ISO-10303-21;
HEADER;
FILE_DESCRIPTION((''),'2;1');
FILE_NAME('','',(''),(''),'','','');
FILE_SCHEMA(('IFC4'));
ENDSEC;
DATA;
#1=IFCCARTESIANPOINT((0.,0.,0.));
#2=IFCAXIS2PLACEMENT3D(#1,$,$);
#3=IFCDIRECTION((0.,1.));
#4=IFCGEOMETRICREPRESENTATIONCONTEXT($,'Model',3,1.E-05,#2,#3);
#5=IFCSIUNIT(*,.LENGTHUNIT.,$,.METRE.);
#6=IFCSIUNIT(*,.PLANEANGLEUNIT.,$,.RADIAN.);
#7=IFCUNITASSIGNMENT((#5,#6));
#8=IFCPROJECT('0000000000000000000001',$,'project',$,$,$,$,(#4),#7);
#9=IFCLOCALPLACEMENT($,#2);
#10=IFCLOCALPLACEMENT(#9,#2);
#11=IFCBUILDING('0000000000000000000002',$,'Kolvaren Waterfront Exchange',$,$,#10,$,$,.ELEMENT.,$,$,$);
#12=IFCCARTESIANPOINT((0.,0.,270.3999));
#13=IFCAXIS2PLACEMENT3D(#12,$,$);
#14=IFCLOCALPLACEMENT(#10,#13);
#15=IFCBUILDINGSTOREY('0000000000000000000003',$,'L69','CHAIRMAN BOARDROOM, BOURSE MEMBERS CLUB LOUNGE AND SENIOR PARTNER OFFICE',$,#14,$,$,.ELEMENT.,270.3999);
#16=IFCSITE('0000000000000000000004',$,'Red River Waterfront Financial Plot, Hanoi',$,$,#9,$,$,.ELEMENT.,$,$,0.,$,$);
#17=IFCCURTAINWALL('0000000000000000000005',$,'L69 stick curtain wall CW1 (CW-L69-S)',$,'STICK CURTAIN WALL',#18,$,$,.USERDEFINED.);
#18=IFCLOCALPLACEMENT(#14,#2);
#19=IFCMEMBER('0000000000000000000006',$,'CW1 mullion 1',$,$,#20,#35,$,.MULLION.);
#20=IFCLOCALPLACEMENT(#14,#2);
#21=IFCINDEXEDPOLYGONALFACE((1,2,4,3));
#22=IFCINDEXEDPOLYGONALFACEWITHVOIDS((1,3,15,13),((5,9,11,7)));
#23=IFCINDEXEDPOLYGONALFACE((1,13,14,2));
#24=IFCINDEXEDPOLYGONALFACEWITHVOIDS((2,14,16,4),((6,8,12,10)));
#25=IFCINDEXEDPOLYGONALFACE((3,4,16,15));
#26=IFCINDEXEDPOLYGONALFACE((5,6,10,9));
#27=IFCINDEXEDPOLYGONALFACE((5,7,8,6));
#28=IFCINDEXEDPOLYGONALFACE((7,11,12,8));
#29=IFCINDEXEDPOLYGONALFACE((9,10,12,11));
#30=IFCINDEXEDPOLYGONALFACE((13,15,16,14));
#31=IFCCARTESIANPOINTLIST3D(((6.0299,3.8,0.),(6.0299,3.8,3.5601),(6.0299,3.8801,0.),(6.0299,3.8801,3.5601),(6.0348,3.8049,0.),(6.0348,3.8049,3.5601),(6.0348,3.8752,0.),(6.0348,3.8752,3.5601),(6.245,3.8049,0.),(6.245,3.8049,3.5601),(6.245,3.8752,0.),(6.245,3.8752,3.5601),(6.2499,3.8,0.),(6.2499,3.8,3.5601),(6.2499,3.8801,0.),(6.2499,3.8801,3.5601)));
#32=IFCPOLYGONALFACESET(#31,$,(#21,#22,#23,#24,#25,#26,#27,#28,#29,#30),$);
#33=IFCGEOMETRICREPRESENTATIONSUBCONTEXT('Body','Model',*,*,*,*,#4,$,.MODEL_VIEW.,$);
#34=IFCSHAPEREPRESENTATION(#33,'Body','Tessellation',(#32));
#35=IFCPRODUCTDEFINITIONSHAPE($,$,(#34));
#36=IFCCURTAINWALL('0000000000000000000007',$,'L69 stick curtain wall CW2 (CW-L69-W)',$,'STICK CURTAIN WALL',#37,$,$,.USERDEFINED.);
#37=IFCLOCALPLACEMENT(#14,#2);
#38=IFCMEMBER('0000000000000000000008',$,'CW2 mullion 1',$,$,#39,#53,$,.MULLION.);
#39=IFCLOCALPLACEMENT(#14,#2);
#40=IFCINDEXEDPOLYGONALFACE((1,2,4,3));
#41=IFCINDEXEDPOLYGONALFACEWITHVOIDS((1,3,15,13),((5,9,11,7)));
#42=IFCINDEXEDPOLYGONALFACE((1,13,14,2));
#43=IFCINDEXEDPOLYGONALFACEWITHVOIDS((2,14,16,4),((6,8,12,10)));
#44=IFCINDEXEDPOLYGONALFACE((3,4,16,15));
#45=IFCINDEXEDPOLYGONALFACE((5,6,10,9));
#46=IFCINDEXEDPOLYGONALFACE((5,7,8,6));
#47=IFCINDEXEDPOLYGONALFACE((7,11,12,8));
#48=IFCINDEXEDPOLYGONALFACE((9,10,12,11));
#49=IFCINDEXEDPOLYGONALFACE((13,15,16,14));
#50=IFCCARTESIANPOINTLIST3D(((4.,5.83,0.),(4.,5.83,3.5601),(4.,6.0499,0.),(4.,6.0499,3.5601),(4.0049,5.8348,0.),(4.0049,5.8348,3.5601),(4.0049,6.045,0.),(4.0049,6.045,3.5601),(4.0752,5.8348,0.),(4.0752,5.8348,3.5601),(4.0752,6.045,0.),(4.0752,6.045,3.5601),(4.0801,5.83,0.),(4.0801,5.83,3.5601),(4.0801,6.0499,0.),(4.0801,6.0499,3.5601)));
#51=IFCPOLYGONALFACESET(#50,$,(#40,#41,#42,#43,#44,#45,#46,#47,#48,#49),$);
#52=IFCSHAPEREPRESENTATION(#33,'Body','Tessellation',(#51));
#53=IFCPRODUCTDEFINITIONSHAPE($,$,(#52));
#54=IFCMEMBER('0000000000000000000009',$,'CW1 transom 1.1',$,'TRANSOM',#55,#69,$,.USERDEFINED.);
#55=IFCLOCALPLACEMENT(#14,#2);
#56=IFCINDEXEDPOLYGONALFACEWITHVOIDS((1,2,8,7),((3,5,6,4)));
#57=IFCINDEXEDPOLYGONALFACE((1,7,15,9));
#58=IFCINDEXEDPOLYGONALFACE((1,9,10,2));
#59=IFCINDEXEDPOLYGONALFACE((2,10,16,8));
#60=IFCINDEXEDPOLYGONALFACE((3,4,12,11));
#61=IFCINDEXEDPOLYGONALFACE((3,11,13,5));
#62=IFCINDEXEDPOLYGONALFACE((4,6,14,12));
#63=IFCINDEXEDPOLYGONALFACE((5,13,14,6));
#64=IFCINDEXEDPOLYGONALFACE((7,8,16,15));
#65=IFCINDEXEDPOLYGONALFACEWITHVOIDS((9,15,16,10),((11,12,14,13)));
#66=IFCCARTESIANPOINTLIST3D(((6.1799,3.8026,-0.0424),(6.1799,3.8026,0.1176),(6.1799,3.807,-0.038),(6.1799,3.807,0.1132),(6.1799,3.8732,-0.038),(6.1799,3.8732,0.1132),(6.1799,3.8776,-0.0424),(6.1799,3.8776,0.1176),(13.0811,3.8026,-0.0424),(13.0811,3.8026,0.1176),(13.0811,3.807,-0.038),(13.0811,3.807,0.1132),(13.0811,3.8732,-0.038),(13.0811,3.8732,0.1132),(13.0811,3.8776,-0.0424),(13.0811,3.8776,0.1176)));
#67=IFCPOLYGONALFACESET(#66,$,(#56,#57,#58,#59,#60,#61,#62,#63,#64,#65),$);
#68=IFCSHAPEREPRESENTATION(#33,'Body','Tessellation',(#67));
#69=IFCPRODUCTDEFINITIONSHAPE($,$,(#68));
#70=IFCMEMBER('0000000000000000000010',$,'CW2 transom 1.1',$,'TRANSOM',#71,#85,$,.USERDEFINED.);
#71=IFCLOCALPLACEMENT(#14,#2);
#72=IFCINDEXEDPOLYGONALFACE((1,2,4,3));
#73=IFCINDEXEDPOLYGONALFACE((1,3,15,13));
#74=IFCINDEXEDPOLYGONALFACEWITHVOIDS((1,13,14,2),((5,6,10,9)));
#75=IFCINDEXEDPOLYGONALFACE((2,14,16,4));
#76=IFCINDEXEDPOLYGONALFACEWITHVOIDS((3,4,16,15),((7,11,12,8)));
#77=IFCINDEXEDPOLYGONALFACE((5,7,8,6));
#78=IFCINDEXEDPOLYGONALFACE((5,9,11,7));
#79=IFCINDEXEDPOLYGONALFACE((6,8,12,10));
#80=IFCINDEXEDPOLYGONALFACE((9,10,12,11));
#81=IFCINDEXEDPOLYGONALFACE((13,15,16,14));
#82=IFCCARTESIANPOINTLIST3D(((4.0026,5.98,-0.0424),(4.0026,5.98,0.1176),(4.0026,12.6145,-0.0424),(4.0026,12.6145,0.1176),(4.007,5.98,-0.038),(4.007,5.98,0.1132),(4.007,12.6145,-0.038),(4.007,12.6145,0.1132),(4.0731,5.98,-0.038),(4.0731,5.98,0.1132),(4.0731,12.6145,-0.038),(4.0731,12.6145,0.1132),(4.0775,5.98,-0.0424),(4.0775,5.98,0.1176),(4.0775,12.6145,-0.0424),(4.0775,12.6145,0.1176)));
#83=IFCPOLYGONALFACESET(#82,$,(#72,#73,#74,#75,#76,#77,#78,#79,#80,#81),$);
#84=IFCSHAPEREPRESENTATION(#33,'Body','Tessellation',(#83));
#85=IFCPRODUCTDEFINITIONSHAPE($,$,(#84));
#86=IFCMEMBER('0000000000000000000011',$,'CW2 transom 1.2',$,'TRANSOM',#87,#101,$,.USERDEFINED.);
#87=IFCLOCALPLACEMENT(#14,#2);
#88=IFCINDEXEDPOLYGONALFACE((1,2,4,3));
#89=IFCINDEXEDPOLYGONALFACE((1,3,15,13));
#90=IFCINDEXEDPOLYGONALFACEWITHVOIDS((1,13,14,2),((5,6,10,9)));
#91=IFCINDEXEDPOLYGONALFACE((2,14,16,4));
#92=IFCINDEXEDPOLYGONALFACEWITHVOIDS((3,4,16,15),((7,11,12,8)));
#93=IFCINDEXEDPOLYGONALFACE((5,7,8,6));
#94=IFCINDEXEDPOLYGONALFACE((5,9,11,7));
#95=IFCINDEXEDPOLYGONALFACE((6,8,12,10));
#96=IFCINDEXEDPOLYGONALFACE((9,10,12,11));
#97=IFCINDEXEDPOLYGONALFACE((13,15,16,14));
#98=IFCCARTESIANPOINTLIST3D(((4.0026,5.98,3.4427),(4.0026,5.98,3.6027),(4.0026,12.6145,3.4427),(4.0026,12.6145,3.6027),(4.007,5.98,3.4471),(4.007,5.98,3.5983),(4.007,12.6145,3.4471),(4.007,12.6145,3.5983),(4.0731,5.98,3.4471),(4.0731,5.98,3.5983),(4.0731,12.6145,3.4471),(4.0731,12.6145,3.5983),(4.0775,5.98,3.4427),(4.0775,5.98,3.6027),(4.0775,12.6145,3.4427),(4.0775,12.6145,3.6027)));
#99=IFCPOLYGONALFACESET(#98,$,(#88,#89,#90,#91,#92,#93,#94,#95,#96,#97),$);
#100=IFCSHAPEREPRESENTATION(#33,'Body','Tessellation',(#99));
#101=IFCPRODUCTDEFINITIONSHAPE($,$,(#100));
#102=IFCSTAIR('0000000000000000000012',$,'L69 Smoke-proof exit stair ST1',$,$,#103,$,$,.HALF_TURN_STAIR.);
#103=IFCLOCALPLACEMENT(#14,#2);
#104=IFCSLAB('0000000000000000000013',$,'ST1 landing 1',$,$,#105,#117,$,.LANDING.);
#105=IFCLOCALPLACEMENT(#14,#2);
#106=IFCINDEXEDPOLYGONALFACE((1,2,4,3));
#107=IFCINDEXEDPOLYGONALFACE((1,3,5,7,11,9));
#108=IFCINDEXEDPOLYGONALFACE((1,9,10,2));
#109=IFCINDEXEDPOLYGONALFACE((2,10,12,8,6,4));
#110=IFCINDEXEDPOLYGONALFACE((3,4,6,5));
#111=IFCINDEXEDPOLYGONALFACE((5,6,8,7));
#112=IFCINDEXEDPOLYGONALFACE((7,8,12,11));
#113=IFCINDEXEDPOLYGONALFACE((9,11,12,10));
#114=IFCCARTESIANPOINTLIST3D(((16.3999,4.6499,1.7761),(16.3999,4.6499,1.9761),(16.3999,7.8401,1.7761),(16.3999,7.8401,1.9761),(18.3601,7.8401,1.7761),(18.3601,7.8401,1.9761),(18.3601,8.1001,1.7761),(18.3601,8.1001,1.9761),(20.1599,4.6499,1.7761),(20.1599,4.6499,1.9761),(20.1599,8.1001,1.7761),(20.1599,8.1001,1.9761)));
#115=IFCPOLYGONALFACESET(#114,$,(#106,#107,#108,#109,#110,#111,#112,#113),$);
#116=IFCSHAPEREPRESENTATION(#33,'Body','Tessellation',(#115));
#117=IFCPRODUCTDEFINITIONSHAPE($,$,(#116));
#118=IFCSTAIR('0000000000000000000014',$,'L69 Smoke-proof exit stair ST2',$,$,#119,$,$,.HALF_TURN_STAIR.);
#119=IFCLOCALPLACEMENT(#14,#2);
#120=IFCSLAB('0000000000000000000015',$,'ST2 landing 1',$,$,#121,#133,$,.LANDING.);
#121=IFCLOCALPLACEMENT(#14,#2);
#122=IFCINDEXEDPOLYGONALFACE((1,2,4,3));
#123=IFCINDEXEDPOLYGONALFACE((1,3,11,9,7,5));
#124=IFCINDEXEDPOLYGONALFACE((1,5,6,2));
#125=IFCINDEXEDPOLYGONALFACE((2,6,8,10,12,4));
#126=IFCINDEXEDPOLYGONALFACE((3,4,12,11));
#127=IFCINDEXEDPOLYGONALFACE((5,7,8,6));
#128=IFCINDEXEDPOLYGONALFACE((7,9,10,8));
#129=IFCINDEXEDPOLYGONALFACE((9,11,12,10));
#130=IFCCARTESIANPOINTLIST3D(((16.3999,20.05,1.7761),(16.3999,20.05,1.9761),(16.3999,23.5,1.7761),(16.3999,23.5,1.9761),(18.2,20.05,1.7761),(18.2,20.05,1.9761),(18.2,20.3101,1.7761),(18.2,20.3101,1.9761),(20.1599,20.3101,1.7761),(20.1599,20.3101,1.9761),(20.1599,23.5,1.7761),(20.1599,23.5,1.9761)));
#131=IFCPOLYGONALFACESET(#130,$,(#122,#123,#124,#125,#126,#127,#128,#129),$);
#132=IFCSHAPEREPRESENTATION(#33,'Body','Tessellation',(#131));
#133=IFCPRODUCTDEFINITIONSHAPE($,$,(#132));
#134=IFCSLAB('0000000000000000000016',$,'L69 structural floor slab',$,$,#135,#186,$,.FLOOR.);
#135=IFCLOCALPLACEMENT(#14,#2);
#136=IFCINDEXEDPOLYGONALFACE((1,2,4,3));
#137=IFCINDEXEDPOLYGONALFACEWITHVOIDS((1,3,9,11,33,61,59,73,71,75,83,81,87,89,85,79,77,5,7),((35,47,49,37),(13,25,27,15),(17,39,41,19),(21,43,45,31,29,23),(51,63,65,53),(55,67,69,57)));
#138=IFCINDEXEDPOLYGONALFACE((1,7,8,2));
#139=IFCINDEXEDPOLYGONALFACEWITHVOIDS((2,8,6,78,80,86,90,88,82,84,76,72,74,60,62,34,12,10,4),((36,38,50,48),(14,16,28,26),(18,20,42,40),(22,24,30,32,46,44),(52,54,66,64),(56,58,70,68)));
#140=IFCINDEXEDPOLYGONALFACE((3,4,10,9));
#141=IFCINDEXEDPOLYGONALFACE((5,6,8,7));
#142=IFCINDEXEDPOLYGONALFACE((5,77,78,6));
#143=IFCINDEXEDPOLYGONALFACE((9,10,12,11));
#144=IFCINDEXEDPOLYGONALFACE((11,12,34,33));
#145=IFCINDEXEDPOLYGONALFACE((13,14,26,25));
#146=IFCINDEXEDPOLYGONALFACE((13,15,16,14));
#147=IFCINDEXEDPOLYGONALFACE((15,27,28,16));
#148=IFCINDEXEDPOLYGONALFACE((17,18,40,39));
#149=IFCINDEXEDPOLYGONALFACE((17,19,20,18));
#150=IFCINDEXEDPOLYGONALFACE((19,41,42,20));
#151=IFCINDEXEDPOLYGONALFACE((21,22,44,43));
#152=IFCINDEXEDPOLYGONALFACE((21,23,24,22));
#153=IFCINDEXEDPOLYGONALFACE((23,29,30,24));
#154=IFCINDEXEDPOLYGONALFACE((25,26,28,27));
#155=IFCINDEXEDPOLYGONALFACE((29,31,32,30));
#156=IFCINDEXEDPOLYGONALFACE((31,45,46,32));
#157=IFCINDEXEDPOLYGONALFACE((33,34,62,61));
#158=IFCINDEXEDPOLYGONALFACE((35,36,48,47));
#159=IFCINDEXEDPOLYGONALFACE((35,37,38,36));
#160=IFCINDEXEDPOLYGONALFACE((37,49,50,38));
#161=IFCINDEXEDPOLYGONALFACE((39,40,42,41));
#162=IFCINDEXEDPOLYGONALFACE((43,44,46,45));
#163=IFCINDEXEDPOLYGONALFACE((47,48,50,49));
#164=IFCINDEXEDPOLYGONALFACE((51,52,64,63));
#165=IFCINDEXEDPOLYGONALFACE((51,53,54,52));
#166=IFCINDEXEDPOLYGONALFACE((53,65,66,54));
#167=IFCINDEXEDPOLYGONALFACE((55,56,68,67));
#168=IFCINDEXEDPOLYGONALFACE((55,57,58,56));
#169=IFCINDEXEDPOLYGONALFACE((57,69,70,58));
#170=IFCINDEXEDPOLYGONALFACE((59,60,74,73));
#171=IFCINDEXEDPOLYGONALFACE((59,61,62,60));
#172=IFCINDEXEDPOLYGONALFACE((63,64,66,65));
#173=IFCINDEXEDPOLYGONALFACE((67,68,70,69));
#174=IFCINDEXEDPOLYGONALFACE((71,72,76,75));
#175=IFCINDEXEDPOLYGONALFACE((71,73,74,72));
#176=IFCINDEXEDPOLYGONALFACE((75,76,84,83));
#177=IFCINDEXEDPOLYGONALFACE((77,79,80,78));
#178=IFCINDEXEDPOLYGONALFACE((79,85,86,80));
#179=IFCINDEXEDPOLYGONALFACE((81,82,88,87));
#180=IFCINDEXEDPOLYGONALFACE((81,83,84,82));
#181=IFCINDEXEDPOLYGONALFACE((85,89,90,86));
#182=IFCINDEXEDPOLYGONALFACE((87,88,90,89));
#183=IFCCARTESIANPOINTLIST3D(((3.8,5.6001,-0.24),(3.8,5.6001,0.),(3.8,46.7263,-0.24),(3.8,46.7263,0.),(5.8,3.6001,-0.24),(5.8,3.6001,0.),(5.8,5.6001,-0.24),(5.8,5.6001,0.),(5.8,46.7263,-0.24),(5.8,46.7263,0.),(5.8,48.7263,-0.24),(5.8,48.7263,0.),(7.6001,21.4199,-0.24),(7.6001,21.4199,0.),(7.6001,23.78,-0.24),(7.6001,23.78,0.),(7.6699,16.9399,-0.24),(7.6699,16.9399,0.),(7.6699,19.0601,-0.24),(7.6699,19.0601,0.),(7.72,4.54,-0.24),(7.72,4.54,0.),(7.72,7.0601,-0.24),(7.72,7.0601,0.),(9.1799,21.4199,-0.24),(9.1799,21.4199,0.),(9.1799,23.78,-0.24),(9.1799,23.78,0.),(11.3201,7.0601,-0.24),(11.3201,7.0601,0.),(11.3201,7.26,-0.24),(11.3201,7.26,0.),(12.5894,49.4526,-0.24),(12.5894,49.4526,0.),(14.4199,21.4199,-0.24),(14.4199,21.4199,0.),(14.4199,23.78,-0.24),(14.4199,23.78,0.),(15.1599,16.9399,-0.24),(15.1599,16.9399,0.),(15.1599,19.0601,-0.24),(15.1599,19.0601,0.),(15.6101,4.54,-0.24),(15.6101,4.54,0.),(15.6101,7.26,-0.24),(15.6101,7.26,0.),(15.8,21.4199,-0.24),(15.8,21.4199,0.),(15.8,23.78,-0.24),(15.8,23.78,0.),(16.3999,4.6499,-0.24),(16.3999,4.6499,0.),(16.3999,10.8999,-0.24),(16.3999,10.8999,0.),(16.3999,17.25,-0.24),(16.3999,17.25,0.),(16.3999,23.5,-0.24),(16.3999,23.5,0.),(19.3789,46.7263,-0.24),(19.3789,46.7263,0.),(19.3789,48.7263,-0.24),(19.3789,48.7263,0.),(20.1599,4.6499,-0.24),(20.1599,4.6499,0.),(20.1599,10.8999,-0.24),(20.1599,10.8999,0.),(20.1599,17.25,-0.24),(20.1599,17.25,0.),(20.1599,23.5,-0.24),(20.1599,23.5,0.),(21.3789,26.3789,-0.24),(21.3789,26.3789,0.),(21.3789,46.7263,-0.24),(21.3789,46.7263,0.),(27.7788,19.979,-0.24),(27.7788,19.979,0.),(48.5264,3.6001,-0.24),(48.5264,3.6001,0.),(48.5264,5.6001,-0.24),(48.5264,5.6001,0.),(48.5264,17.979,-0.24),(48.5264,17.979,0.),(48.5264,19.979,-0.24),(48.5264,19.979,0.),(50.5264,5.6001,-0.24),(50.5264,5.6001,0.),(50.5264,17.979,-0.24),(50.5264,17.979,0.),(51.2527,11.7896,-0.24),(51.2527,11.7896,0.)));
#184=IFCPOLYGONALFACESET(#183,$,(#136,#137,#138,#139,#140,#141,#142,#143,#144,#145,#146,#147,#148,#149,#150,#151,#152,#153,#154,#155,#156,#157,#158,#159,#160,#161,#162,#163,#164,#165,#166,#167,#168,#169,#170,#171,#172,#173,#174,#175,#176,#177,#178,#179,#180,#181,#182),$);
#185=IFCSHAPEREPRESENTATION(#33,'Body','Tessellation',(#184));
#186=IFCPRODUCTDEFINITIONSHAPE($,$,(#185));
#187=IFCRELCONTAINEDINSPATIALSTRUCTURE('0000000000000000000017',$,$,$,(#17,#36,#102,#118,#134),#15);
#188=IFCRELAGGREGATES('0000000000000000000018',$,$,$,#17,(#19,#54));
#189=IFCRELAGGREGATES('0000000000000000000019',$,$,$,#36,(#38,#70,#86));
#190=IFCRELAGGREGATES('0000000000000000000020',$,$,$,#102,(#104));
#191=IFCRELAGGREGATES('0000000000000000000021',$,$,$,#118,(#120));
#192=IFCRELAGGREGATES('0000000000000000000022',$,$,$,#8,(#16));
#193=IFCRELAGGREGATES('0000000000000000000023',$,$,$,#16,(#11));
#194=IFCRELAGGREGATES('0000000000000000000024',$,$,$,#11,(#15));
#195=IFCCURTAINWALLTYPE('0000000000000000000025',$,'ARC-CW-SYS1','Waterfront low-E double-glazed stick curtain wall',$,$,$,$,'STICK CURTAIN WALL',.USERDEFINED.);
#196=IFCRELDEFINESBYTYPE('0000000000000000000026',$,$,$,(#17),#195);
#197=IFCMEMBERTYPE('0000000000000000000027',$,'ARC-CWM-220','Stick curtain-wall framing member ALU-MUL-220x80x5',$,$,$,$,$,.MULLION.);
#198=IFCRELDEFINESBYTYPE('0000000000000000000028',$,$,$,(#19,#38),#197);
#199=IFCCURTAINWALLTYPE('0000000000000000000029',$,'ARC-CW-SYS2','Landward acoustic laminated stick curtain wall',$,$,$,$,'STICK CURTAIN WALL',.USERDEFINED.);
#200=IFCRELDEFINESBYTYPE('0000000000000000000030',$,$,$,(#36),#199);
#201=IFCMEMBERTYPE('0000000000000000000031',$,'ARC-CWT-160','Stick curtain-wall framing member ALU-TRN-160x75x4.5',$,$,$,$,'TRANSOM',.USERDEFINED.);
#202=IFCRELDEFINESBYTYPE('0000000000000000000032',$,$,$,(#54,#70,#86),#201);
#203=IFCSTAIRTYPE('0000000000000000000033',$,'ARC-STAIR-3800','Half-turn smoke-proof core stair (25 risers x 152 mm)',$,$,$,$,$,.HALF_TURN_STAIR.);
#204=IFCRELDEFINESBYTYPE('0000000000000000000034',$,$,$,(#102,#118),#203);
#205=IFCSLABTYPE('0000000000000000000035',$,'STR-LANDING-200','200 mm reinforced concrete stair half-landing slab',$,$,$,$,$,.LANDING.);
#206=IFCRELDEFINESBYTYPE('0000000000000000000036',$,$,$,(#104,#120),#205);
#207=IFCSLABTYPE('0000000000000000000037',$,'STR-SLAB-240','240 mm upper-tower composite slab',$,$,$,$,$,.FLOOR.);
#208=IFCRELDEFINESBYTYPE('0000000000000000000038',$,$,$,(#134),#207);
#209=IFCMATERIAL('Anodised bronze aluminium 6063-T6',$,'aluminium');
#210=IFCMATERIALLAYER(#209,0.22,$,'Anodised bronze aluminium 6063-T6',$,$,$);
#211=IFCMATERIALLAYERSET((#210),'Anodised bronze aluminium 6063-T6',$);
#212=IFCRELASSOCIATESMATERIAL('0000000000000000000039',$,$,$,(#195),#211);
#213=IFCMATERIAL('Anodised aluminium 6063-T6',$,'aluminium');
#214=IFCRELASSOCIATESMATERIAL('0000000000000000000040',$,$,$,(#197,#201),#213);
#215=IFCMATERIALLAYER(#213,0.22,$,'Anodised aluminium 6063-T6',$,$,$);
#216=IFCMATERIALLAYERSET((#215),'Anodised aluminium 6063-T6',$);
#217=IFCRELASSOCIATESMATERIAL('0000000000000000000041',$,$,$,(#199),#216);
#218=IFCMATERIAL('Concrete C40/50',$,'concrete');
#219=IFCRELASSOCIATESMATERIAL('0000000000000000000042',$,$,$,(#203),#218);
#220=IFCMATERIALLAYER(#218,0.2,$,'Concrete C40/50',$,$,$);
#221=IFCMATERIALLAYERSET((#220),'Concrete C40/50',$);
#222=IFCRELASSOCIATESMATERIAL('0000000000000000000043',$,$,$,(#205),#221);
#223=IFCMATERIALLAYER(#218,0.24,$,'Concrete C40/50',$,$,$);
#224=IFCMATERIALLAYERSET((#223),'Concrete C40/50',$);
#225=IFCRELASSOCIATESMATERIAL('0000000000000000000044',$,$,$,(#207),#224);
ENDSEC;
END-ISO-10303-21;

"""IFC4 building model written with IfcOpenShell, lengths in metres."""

from ifc_helpers import new_model, si_unit, direction, frame, origin, origin_with_axes, origin_2d, place, context, subcontext, project, spatial, polyline, hollow_rectangle, outline, extrude, source, transform, mapped, material, layer, layer_set, material_profile, profile_set, type_object, element, aggregate, save


model = new_model("IFC4")

# Units and contexts
model_context = context("Model", 3, precision=1e-05, world=origin(), true_north=direction((0.0, 1.0)))
body_context = subcontext(model_context, "Body", "Model", "MODEL_VIEW")
ifc_project = project(units=[si_unit("LENGTHUNIT", "METRE"), si_unit("PLANEANGLEUNIT", "RADIAN")], contexts=[model_context])

# Site, building, storey
site_placement = place(None, origin())
site = spatial("IfcSite", under=ifc_project, at=site_placement, Name="Red River Waterfront Financial Plot, Hanoi", CompositionType="ELEMENT", RefElevation=0.0)
building_placement = place(site_placement, origin())
building = spatial("IfcBuilding", under=site, at=building_placement, Name="Kolvaren Waterfront Exchange", CompositionType="ELEMENT")
storey_placement = place(building_placement, frame((0.0, 0.0, 270.3999)))
storey = spatial("IfcBuildingStorey", under=building, at=storey_placement, Name="L69", Description="CHAIRMAN BOARDROOM, BOURSE MEMBERS CLUB LOUNGE AND SENIOR PARTNER OFFICE", CompositionType="ELEMENT", Elevation=270.3999)

# Curtain walls, members
ifc_material_1 = material(Name="Anodised bronze aluminium 6063-T6", Category="aluminium")
ifc_layer_1 = layer(ifc_material_1, 0.22, Name="Anodised bronze aluminium 6063-T6")
ifc_layer_set_1 = layer_set([ifc_layer_1], Name="Anodised bronze aluminium 6063-T6")
curtain_wall_type_1 = type_object("IfcCurtainWallType", Name="ARC-CW-SYS1", Description="Waterfront low-E double-glazed stick curtain wall", ElementType="STICK CURTAIN WALL", PredefinedType="USERDEFINED", material=ifc_layer_set_1)
curtain_wall_1_placement = place(storey_placement, origin())
curtain_wall_1 = element("IfcCurtainWall", 1, at=curtain_wall_1_placement, inside=storey, type_object=curtain_wall_type_1, Name="L69 stick curtain wall CW1 (CW-L69-S)", ObjectType="STICK CURTAIN WALL", PredefinedType="USERDEFINED")
ifc_material_2 = material(Name="Anodised aluminium 6063-T6", Category="aluminium")
ifc_material_profile_1 = material_profile(ifc_material_2, hollow_rectangle(XDim=0.0801, YDim=0.22, WallThickness=0.0049, at=origin_2d()), Name="ALU-MUL-220x80x5")
ifc_profile_set_1 = profile_set([ifc_material_profile_1], Name="Anodised aluminium 6063-T6")
member_type_1 = type_object("IfcMemberType", Name="ARC-CWM-220", Description="Stick curtain-wall framing member ALU-MUL-220x80x5", PredefinedType="MULLION", material=ifc_profile_set_1)
shared_shape_1 = source(origin_with_axes(), body_context, "Body", "SweptSolid", [
    extrude(hollow_rectangle(XDim=0.0801, YDim=0.22, WallThickness=0.0049, at=origin_2d()), origin(), (0.0, 0.0, 1.0), 3.5601),
])
member_1_placement = place(storey_placement, frame((6.1399, 3.8401, 0.0), z_axis=(0.0, 0.0, 1.0), x_axis=(0.0, 1.0, 0.0)))
member_1 = element("IfcMember", 2, at=member_1_placement, type_object=member_type_1, Name="CW1 mullion 1", PredefinedType="MULLION", context=body_context, shape_type="MappedRepresentation", body=[
    mapped(shared_shape_1, transform((0.0, 0.0, 0.0), x_axis=(1.0, 0.0, 0.0), y_axis=(0.0, 1.0, 0.0), z_axis=(0.0, 0.0, 1.0), scale=1.0)),
])
ifc_layer_2 = layer(ifc_material_2, 0.22, Name="Anodised aluminium 6063-T6")
ifc_layer_set_2 = layer_set([ifc_layer_2], Name="Anodised aluminium 6063-T6")
curtain_wall_type_2 = type_object("IfcCurtainWallType", Name="ARC-CW-SYS2", Description="Landward acoustic laminated stick curtain wall", ElementType="STICK CURTAIN WALL", PredefinedType="USERDEFINED", material=ifc_layer_set_2)
curtain_wall_2_placement = place(storey_placement, origin())
curtain_wall_2 = element("IfcCurtainWall", 3, at=curtain_wall_2_placement, inside=storey, type_object=curtain_wall_type_2, Name="L69 stick curtain wall CW2 (CW-L69-W)", ObjectType="STICK CURTAIN WALL", PredefinedType="USERDEFINED")
member_2_placement = place(storey_placement, frame((4.04, 5.9399, 0.0), z_axis=(0.0, 0.0, 1.0), x_axis=(-1.0, 0.0, 0.0)))
member_2 = element("IfcMember", 4, at=member_2_placement, type_object=member_type_1, Name="CW2 mullion 1", PredefinedType="MULLION", context=body_context, shape_type="MappedRepresentation", body=[
    mapped(shared_shape_1, transform((0.0, 0.0, 0.0), x_axis=(1.0, 0.0, 0.0), y_axis=(0.0, 1.0, 0.0), z_axis=(0.0, 0.0, 1.0), scale=1.0)),
])

# Members
ifc_material_profile_2 = material_profile(ifc_material_2, hollow_rectangle(XDim=0.075, YDim=0.1599, WallThickness=0.0044, at=origin_2d()), Name="ALU-TRN-160x75x4.5")
ifc_profile_set_2 = profile_set([ifc_material_profile_2], Name="Anodised aluminium 6063-T6")
member_type_2 = type_object("IfcMemberType", Name="ARC-CWT-160", Description="Stick curtain-wall framing member ALU-TRN-160x75x4.5", ElementType="TRANSOM", PredefinedType="USERDEFINED", material=ifc_profile_set_2)
shared_shape_2 = source(origin_with_axes(), body_context, "Body", "SweptSolid", [
    extrude(hollow_rectangle(XDim=0.075, YDim=0.1599, WallThickness=0.0044, at=origin_2d()), origin(), (0.0, 0.0, 1.0), 6.9011),
])
member_3_placement = place(storey_placement, frame((6.1799, 3.8401, 0.0376), z_axis=(1.0, 0.0, 0.0), x_axis=(0.0, 1.0, 0.0)))
member_3 = element("IfcMember", 5, at=member_3_placement, type_object=member_type_2, Name="CW1 transom 1.1", ObjectType="TRANSOM", PredefinedType="USERDEFINED", context=body_context, shape_type="MappedRepresentation", body=[
    mapped(shared_shape_2, transform((0.0, 0.0, 0.0), x_axis=(1.0, 0.0, 0.0), y_axis=(0.0, 1.0, 0.0), z_axis=(0.0, 0.0, 1.0), scale=1.0)),
])
aggregate(curtain_wall_1, [member_1, member_3])
shared_shape_3 = source(origin_with_axes(), body_context, "Body", "SweptSolid", [
    extrude(hollow_rectangle(XDim=0.075, YDim=0.1599, WallThickness=0.0044, at=origin_2d()), origin(), (0.0, 0.0, 1.0), 6.6345),
])
member_4_placement = place(storey_placement, frame((4.04, 5.98, 0.0376), z_axis=(0.0, 1.0, 0.0), x_axis=(-1.0, 0.0, 0.0)))
member_4 = element("IfcMember", 6, at=member_4_placement, type_object=member_type_2, Name="CW2 transom 1.1", ObjectType="TRANSOM", PredefinedType="USERDEFINED", context=body_context, shape_type="MappedRepresentation", body=[
    mapped(shared_shape_3, transform((0.0, 0.0, 0.0), x_axis=(1.0, 0.0, 0.0), y_axis=(0.0, 1.0, 0.0), z_axis=(0.0, 0.0, 1.0), scale=1.0)),
])
member_5_placement = place(storey_placement, frame((4.04, 5.98, 3.5227), z_axis=(0.0, 1.0, 0.0), x_axis=(-1.0, 0.0, 0.0)))
member_5 = element("IfcMember", 7, at=member_5_placement, type_object=member_type_2, Name="CW2 transom 1.2", ObjectType="TRANSOM", PredefinedType="USERDEFINED", context=body_context, shape_type="MappedRepresentation", body=[
    mapped(shared_shape_3, transform((0.0, 0.0, 0.0), x_axis=(1.0, 0.0, 0.0), y_axis=(0.0, 1.0, 0.0), z_axis=(0.0, 0.0, 1.0), scale=1.0)),
])
aggregate(curtain_wall_2, [member_2, member_4, member_5])

# Stairs, slabs
ifc_material_3 = material(Name="Concrete C40/50", Category="concrete")
stair_type = type_object("IfcStairType", Name="ARC-STAIR-3800", Description="Half-turn smoke-proof core stair (25 risers x 152 mm)", PredefinedType="HALF_TURN_STAIR", material=ifc_material_3)
stair_1_placement = place(storey_placement, origin())
stair_1 = element("IfcStair", 8, at=stair_1_placement, inside=storey, type_object=stair_type, Name="L69 Smoke-proof exit stair ST1", PredefinedType="HALF_TURN_STAIR")
ifc_layer_3 = layer(ifc_material_3, 0.2, Name="Concrete C40/50")
ifc_layer_set_3 = layer_set([ifc_layer_3], Name="Concrete C40/50")
slab_type_1 = type_object("IfcSlabType", Name="STR-LANDING-200", Description="200 mm reinforced concrete stair half-landing slab", PredefinedType="LANDING", material=ifc_layer_set_3)
slab_1_placement = place(storey_placement, frame((0.0, 0.0, 1.7761)))
slab_1 = element("IfcSlab", 9, at=slab_1_placement, type_object=slab_type_1, Name="ST1 landing 1", PredefinedType="LANDING", context=body_context, shape_type="SweptSolid", body=[
    extrude(outline(polyline([(16.3999, 7.8401), (16.3999, 4.6499), (20.1599, 4.6499), (20.1599, 8.1001), (18.3601, 8.1001), (18.3601, 7.8401), (16.3999, 7.8401)])), origin(), (0.0, 0.0, 1.0), 0.2),
])
aggregate(stair_1, [slab_1])
stair_2_placement = place(storey_placement, origin())
stair_2 = element("IfcStair", 10, at=stair_2_placement, inside=storey, type_object=stair_type, Name="L69 Smoke-proof exit stair ST2", PredefinedType="HALF_TURN_STAIR")
slab_2_placement = place(storey_placement, frame((0.0, 0.0, 1.7761)))
slab_2 = element("IfcSlab", 11, at=slab_2_placement, type_object=slab_type_1, Name="ST2 landing 1", PredefinedType="LANDING", context=body_context, shape_type="SweptSolid", body=[
    extrude(outline(polyline([(20.1599, 20.3101), (20.1599, 23.5), (16.3999, 23.5), (16.3999, 20.05), (18.2, 20.05), (18.2, 20.3101), (20.1599, 20.3101)])), origin(), (0.0, 0.0, 1.0), 0.2),
])
aggregate(stair_2, [slab_2])

# Slab
ifc_layer_4 = layer(ifc_material_3, 0.24, Name="Concrete C40/50")
ifc_layer_set_4 = layer_set([ifc_layer_4], Name="Concrete C40/50")
slab_type_2 = type_object("IfcSlabType", Name="STR-SLAB-240", Description="240 mm upper-tower composite slab", PredefinedType="FLOOR", material=ifc_layer_set_4)
slab_3_placement = place(storey_placement, frame((0.0, 0.0, -0.24)))
element("IfcSlab", 12, at=slab_3_placement, inside=storey, type_object=slab_type_2, Name="L69 structural floor slab", PredefinedType="FLOOR", context=body_context, shape_type="SweptSolid", body=[
    extrude(outline(polyline([(5.8, 3.6001), (48.5264, 3.6001), (48.5264, 5.6001), (50.5264, 5.6001), (51.2527, 11.7896), (50.5264, 17.979), (48.5264, 17.979), (48.5264, 19.979), (27.7788, 19.979), (21.3789, 26.3789), (21.3789, 46.7263), (19.3789, 46.7263), (19.3789, 48.7263), (12.5894, 49.4526), (5.8, 48.7263), (5.8, 46.7263), (3.8, 46.7263), (3.8, 5.6001), (5.8, 5.6001), (5.8, 3.6001)]), holes=[polyline([(11.3201, 7.26), (15.6101, 7.26), (15.6101, 4.54), (7.72, 4.54), (7.72, 7.0601), (11.3201, 7.0601), (11.3201, 7.26)]), polyline([(20.1599, 10.8999), (20.1599, 4.6499), (16.3999, 4.6499), (16.3999, 10.8999), (20.1599, 10.8999)]), polyline([(7.6699, 19.0601), (15.1599, 19.0601), (15.1599, 16.9399), (7.6699, 16.9399), (7.6699, 19.0601)]), polyline([(16.3999, 17.25), (16.3999, 23.5), (20.1599, 23.5), (20.1599, 17.25), (16.3999, 17.25)]), polyline([(7.6001, 23.78), (9.1799, 23.78), (9.1799, 21.4199), (7.6001, 21.4199), (7.6001, 23.78)]), polyline([(14.4199, 23.78), (15.8, 23.78), (15.8, 21.4199), (14.4199, 21.4199), (14.4199, 23.78)])]), origin(), (0.0, 0.0, 1.0), 0.24),
])

save(model, "model.ifc")
